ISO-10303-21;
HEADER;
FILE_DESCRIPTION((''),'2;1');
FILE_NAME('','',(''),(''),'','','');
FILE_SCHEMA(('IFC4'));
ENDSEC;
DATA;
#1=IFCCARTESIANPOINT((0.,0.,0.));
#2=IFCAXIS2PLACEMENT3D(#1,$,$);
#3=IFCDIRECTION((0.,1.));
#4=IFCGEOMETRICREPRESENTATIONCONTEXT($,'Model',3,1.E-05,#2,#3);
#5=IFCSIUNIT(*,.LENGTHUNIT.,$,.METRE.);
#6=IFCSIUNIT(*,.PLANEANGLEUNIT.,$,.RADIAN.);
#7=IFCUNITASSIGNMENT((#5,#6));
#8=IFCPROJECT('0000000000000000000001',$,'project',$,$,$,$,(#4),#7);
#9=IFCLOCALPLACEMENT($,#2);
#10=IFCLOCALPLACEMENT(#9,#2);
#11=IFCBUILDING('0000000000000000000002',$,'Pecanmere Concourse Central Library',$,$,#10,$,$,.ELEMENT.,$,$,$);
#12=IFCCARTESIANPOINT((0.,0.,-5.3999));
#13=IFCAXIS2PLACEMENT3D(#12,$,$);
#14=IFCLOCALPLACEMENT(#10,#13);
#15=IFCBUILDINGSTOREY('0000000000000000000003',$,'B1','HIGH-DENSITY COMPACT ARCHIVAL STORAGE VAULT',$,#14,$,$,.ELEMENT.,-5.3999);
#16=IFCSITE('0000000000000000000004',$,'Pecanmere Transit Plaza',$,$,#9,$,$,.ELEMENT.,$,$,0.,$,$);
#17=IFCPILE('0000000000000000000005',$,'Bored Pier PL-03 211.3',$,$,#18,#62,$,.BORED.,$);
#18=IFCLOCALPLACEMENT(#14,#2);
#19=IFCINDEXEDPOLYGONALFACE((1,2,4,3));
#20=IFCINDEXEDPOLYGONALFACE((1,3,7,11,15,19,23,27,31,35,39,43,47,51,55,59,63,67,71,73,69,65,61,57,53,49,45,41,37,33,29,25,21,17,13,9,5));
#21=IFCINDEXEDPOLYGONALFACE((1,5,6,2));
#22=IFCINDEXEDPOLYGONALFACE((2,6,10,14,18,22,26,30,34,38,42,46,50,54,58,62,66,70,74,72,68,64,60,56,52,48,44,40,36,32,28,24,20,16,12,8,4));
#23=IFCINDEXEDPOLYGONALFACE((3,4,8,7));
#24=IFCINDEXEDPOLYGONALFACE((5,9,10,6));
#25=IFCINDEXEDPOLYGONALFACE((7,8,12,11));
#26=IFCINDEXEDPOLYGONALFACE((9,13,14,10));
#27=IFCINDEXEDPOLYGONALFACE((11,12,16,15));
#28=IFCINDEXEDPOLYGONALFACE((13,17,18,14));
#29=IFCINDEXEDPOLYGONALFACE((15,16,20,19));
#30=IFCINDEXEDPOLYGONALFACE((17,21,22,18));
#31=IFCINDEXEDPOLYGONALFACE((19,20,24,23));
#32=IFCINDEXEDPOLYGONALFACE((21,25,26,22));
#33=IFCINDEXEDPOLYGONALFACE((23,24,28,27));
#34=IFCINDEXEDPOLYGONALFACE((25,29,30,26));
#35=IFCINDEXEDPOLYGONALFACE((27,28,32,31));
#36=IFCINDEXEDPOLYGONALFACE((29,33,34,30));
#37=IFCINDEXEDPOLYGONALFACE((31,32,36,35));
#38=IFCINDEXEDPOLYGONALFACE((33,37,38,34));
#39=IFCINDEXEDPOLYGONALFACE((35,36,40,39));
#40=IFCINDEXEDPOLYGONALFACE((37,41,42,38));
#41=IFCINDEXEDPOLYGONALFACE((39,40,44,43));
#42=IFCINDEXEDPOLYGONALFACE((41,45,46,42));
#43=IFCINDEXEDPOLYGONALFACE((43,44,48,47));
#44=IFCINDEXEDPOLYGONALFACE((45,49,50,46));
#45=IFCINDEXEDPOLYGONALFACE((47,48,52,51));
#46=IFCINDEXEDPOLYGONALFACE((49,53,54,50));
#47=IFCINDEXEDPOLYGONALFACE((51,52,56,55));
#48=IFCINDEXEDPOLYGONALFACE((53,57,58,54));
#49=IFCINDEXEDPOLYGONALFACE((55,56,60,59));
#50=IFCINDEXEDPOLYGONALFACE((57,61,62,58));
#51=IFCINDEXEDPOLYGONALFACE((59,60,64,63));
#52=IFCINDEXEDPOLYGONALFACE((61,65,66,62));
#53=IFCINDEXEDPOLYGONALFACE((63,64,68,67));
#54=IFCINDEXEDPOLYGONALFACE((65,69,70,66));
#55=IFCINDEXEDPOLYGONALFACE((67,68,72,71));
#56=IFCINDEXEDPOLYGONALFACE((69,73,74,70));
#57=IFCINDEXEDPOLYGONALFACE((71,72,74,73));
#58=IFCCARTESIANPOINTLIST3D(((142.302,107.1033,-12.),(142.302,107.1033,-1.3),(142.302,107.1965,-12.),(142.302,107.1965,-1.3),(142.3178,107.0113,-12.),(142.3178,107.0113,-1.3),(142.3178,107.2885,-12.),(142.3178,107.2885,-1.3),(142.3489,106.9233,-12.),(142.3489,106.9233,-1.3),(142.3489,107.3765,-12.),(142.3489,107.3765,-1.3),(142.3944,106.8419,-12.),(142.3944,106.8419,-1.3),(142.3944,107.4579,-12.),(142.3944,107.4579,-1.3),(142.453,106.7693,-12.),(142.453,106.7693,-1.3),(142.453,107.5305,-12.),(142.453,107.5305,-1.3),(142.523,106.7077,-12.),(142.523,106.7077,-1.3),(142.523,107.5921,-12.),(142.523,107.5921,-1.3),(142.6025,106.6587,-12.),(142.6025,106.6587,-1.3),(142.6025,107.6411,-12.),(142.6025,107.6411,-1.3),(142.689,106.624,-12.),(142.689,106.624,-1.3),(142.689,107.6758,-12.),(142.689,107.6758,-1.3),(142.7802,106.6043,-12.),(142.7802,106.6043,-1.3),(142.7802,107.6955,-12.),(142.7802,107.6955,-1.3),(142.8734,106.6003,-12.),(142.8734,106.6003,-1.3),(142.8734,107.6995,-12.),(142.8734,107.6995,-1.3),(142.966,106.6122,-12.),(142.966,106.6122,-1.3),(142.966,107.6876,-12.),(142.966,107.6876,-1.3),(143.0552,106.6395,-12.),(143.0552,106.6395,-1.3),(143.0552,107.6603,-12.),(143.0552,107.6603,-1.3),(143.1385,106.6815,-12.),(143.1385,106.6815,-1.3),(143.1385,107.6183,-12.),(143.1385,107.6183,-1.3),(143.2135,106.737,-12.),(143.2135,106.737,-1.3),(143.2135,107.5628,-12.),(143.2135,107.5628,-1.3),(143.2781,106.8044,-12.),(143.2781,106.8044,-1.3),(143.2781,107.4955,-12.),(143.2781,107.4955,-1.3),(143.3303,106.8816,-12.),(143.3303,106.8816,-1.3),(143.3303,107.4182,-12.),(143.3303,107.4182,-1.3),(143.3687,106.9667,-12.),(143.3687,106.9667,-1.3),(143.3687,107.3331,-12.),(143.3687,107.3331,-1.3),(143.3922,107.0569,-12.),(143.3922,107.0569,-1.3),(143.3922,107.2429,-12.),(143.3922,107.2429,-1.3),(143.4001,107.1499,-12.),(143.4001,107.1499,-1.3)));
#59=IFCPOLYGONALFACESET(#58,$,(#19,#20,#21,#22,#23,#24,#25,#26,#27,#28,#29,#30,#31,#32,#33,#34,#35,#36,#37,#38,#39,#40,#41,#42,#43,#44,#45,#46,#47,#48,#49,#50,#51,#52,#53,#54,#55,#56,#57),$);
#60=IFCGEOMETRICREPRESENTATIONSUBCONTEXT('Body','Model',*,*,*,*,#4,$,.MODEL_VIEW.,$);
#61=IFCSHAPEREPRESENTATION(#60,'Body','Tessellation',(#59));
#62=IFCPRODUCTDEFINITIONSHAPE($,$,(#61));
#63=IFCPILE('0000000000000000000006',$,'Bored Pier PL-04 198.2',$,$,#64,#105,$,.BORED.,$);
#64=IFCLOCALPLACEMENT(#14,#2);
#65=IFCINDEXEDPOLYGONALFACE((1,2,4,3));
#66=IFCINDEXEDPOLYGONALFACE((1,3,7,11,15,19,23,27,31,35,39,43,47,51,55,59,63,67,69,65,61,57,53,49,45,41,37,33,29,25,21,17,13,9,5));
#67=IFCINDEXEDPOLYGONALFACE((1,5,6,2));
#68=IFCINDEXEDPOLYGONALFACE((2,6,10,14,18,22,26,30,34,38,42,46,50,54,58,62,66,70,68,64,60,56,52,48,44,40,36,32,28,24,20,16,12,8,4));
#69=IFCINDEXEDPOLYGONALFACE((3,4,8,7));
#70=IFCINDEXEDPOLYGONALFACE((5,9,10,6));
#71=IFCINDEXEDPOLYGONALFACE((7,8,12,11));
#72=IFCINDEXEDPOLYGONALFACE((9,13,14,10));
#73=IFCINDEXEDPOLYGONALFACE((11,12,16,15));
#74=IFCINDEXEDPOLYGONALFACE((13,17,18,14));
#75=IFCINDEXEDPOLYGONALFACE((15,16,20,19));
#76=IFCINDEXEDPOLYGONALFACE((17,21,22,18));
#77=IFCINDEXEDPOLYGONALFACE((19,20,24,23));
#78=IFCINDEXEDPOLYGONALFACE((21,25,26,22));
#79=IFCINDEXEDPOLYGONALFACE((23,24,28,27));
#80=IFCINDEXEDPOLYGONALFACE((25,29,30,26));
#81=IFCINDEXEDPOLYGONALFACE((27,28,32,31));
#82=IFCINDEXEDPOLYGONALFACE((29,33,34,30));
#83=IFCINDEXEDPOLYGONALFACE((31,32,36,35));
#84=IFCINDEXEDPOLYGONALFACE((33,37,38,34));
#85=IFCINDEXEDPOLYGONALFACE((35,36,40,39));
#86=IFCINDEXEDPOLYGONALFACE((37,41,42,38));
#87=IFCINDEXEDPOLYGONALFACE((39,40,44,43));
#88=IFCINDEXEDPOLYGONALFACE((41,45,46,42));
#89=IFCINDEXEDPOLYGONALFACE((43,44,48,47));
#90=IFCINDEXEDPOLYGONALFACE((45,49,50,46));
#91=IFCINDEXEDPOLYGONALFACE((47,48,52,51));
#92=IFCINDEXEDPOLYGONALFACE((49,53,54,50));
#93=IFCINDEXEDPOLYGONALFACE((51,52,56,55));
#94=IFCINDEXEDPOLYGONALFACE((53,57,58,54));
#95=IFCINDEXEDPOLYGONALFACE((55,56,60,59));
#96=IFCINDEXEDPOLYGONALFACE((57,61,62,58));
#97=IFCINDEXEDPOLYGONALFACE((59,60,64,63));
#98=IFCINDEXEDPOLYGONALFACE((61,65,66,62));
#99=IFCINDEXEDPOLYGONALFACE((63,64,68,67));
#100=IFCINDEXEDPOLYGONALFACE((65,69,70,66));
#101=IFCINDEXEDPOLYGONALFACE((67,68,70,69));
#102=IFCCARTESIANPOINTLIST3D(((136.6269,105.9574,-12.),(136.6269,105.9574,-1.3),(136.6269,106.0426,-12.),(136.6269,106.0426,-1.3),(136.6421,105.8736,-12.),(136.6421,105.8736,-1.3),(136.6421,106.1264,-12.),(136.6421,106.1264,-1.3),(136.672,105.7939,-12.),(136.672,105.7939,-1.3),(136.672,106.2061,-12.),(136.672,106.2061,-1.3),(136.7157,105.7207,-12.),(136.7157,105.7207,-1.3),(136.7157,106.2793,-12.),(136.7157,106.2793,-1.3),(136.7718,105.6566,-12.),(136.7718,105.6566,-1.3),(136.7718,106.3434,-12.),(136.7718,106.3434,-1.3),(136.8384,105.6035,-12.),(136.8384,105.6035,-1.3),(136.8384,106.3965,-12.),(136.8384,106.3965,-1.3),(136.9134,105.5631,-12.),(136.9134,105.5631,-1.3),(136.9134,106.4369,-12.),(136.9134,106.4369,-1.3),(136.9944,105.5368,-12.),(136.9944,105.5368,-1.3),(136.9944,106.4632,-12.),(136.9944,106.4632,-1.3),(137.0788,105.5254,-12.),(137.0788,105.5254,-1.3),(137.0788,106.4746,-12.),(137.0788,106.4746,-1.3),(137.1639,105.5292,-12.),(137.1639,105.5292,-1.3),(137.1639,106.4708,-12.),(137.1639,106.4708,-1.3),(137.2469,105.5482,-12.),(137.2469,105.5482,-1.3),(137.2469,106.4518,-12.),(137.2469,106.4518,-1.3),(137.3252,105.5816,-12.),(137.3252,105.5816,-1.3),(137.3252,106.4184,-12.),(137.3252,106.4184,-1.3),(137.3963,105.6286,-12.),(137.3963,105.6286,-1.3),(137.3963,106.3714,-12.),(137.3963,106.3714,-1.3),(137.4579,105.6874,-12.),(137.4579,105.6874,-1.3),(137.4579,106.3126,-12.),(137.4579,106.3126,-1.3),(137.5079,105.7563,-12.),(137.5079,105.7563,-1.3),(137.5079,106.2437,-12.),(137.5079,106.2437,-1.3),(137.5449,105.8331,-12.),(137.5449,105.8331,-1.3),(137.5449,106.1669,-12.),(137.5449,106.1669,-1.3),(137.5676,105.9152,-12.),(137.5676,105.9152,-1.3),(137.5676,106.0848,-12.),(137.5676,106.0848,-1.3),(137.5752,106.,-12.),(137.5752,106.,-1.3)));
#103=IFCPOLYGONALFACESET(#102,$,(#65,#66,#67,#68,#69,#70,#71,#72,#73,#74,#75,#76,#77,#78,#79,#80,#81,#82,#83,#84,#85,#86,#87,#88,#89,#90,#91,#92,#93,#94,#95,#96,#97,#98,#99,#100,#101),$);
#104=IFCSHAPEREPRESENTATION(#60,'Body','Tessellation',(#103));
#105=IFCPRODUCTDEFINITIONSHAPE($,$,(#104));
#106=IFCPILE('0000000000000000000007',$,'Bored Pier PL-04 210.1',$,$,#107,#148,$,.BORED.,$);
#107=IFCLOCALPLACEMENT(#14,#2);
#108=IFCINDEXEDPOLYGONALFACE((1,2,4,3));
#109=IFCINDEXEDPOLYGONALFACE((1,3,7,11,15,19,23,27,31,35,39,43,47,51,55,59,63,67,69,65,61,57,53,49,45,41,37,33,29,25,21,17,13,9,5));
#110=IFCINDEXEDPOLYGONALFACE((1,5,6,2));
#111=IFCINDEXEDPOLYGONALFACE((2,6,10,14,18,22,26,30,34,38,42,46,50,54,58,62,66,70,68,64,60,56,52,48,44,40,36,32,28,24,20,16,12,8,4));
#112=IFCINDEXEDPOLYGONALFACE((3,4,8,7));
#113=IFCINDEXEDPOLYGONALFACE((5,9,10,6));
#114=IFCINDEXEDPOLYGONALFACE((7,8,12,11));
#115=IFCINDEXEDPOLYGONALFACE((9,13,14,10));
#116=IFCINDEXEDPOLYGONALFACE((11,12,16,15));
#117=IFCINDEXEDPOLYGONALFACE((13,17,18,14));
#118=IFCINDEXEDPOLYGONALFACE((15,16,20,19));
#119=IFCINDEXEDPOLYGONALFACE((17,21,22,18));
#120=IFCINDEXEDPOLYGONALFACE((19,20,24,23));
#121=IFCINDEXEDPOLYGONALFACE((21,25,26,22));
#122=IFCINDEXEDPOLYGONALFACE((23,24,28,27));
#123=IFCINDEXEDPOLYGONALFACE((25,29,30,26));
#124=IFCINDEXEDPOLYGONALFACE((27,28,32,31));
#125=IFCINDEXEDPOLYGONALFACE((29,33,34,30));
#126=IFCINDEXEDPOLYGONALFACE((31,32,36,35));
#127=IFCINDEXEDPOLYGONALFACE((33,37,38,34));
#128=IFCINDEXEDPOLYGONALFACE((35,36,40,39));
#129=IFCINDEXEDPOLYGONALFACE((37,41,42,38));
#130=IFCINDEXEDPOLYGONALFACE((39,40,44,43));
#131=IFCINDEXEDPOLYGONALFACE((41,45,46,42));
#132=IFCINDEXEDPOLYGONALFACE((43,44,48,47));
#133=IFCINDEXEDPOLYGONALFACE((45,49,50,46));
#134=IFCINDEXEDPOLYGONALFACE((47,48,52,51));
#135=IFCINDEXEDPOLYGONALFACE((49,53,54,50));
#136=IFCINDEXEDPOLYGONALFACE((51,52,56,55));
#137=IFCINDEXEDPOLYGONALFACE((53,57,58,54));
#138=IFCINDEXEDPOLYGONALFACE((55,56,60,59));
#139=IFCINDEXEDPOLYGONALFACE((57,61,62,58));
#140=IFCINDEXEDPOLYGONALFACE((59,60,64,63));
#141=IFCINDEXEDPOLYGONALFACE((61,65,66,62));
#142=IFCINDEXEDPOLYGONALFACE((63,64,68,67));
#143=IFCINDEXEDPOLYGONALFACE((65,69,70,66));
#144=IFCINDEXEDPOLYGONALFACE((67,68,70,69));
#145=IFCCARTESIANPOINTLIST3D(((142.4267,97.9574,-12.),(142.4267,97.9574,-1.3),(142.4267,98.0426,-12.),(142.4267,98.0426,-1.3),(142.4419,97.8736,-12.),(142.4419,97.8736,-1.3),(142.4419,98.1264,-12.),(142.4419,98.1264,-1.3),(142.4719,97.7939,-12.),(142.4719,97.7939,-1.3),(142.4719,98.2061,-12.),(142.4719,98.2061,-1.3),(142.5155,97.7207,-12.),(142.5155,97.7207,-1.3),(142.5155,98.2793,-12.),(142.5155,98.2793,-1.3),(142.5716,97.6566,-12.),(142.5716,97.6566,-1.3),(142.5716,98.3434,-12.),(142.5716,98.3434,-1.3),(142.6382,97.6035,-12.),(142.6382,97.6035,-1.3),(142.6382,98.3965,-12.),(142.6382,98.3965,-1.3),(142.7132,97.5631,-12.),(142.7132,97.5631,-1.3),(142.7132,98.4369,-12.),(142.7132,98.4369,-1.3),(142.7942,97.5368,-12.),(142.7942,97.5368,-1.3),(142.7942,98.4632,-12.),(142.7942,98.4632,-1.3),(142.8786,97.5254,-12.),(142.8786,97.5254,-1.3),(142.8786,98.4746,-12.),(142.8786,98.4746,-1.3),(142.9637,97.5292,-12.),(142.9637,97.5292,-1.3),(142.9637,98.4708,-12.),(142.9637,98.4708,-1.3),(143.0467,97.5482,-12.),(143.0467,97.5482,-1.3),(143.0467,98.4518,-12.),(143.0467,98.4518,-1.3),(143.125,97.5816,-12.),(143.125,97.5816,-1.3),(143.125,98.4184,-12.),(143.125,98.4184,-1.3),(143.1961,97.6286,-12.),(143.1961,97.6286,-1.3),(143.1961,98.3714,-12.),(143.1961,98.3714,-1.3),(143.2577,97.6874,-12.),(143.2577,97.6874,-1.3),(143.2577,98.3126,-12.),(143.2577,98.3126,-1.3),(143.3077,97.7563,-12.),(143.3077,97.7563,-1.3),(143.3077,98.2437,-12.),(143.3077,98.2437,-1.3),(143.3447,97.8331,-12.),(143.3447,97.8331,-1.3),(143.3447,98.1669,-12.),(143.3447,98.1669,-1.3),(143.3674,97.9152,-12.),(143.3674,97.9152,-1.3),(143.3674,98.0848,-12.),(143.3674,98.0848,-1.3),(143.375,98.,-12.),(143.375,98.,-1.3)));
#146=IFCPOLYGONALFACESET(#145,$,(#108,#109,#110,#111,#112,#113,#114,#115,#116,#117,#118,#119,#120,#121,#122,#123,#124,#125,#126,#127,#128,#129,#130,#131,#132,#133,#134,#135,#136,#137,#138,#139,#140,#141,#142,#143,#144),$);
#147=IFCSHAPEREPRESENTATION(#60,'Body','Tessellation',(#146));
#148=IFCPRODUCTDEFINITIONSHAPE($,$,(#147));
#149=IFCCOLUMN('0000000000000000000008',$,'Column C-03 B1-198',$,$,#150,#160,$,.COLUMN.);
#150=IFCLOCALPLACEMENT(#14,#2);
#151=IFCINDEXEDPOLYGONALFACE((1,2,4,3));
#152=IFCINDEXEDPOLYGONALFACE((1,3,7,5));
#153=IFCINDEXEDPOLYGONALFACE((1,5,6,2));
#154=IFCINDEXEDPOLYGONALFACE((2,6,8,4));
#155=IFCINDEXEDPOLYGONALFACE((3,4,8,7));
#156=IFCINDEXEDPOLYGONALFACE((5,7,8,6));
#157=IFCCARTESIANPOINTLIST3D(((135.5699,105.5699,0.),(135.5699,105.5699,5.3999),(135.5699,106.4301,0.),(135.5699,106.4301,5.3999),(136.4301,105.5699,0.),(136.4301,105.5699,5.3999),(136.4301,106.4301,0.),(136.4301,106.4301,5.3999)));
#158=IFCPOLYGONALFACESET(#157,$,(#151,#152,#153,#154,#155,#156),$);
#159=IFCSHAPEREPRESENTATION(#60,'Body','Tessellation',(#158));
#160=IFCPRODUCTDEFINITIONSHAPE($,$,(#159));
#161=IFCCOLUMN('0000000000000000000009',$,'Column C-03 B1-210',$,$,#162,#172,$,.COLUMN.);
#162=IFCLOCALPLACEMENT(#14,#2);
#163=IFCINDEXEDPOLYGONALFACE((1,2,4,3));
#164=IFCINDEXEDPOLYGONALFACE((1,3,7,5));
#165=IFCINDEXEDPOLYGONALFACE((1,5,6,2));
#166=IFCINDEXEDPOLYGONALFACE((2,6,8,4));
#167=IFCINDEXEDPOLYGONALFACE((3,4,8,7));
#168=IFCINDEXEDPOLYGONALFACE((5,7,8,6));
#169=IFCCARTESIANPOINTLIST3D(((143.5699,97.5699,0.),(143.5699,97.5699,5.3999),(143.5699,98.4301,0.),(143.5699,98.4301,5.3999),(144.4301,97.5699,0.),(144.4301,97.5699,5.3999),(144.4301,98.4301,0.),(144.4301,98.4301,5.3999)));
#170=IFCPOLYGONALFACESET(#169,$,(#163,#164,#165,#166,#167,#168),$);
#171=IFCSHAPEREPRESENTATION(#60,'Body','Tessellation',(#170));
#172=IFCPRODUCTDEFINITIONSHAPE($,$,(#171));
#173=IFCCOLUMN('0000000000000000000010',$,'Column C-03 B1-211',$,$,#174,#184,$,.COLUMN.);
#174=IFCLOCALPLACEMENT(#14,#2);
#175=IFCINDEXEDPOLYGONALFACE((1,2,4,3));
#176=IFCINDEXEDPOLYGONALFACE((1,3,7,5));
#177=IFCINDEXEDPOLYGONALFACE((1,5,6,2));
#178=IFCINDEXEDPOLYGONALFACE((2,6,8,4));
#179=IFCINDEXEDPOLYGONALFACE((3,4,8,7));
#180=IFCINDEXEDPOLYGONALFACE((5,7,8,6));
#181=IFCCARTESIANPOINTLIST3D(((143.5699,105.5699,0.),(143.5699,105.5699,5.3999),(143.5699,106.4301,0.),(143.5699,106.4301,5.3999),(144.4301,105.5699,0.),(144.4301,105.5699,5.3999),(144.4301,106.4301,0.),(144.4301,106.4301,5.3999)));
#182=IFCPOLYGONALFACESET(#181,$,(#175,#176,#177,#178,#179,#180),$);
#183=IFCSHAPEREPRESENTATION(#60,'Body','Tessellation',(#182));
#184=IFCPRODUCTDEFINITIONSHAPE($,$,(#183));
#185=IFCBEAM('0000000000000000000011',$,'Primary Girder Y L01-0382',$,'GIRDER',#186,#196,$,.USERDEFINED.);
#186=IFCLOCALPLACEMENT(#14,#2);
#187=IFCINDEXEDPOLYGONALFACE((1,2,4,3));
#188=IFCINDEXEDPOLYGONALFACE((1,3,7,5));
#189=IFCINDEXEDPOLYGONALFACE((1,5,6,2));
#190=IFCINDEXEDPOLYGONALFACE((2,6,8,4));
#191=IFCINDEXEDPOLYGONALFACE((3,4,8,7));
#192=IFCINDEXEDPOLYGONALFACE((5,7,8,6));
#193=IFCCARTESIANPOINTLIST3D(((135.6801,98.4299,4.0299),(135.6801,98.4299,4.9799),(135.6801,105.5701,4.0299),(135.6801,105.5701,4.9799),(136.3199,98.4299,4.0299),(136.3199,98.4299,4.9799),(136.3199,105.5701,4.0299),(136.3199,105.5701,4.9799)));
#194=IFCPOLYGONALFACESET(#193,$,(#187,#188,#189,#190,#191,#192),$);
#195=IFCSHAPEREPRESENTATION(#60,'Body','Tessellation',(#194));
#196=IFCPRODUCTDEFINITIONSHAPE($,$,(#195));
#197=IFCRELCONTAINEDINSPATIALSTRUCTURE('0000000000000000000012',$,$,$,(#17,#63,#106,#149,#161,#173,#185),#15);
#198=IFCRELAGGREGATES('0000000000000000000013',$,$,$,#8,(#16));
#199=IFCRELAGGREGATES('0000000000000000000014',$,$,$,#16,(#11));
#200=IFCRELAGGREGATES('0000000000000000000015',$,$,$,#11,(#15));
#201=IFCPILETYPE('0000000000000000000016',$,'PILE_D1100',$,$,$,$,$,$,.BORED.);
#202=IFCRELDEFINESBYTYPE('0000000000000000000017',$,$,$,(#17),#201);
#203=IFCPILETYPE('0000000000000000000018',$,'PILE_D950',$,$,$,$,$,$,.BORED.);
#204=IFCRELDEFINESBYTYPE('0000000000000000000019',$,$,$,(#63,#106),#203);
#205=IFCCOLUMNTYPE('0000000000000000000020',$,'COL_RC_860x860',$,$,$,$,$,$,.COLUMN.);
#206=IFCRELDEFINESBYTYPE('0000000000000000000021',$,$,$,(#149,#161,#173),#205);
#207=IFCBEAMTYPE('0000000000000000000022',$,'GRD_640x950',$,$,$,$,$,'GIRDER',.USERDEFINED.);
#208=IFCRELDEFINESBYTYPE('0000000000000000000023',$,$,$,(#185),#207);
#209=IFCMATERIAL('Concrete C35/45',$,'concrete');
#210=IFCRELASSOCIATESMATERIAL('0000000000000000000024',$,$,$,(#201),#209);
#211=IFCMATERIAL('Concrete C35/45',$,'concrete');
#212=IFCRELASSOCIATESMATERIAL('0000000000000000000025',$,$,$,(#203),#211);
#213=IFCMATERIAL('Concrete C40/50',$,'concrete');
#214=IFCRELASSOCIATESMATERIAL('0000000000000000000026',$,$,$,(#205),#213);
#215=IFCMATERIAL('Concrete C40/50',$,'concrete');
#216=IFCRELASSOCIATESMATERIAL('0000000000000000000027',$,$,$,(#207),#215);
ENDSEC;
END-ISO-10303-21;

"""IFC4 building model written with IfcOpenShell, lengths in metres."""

from ifc_helpers import new_model, si_unit, direction, frame, origin, origin_2d, place, context, subcontext, project, spatial, rectangle, circle, extrude, material, material_profile, profile_set, type_object, element, save


model = new_model("IFC4")

# Units and contexts
model_context = context("Model", 3, precision=1e-05, world=origin(), true_north=direction((0.0, 1.0)))
body_context = subcontext(model_context, "Body", "Model", "MODEL_VIEW")
ifc_project = project(units=[si_unit("LENGTHUNIT", "METRE"), si_unit("PLANEANGLEUNIT", "RADIAN")], contexts=[model_context])

# Site, building, storey
site_placement = place(None, origin())
site = spatial("IfcSite", under=ifc_project, at=site_placement, Name="Pecanmere Transit Plaza", CompositionType="ELEMENT", RefElevation=0.0)
building_placement = place(site_placement, origin())
building = spatial("IfcBuilding", under=site, at=building_placement, Name="Pecanmere Concourse Central Library", CompositionType="ELEMENT")
storey_placement = place(building_placement, frame((0.0, 0.0, -5.3999)))
storey = spatial("IfcBuildingStorey", under=building, at=storey_placement, Name="B1", Description="HIGH-DENSITY COMPACT ARCHIVAL STORAGE VAULT", CompositionType="ELEMENT", Elevation=-5.3999)

# Piles
ifc_material_1 = material(Name="Concrete C35/45", Category="concrete")
ifc_material_profile_1 = material_profile(ifc_material_1, circle(Radius=0.55, at=origin_2d()), Name="PIER D1100")
ifc_profile_set_1 = profile_set([ifc_material_profile_1], Name="Concrete C35/45")
pile_type_1 = type_object("IfcPileType", Name="PILE_D1100", PredefinedType="BORED", material=ifc_profile_set_1)
for number, where, z_axis, x_axis, name in (
    (1, (142.8501, 107.1499, -1.3), (0.0, 0.0, -1.0), (1.0, 0.0, 0.0), "Bored Pier PL-03 211.3"),
):
    element("IfcPile", number, at=place(storey_placement, frame(where, z_axis=z_axis, x_axis=x_axis)), inside=storey, type_object=pile_type_1, Name=name, PredefinedType="BORED", context=body_context, shape_type="SweptSolid", body=[
        extrude(circle(Radius=0.55, at=origin_2d()), origin(), (0.0, 0.0, 1.0), 10.7),
    ])
ifc_material_2 = material(Name="Concrete C35/45", Category="concrete")
ifc_material_profile_2 = material_profile(ifc_material_2, circle(Radius=0.4751, at=origin_2d()), Name="PIER D950")
ifc_profile_set_2 = profile_set([ifc_material_profile_2], Name="Concrete C35/45")
pile_type_2 = type_object("IfcPileType", Name="PILE_D950", PredefinedType="BORED", material=ifc_profile_set_2)
for number, where, z_axis, x_axis, name in (
    (2, (137.1001, 106.0, -1.3), (0.0, 0.0, -1.0), (1.0, 0.0, 0.0), "Bored Pier PL-04 198.2"),
    (3, (142.8999, 98.0, -1.3), (0.0, 0.0, -1.0), (1.0, 0.0, 0.0), "Bored Pier PL-04 210.1"),
):
    element("IfcPile", number, at=place(storey_placement, frame(where, z_axis=z_axis, x_axis=x_axis)), inside=storey, type_object=pile_type_2, Name=name, PredefinedType="BORED", context=body_context, shape_type="SweptSolid", body=[
        extrude(circle(Radius=0.4751, at=origin_2d()), origin(), (0.0, 0.0, 1.0), 10.7),
    ])

# Columns
ifc_material_3 = material(Name="Concrete C40/50", Category="concrete")
ifc_material_profile_3 = material_profile(ifc_material_3, rectangle(XDim=0.8601, YDim=0.8601, at=origin_2d()), Name="RC 860x860")
ifc_profile_set_3 = profile_set([ifc_material_profile_3], Name="Concrete C40/50")
column_type = type_object("IfcColumnType", Name="COL_RC_860x860", PredefinedType="COLUMN", material=ifc_profile_set_3)
for number, where, z_axis, x_axis, name in (
    (4, (136.0, 106.0, 0.0), (0.0, 0.0, 1.0), (1.0, 0.0, 0.0), "Column C-03 B1-198"),
    (5, (144.0, 98.0, 0.0), (0.0, 0.0, 1.0), (1.0, 0.0, 0.0), "Column C-03 B1-210"),
    (6, (144.0, 106.0, 0.0), (0.0, 0.0, 1.0), (1.0, 0.0, 0.0), "Column C-03 B1-211"),
):
    element("IfcColumn", number, at=place(storey_placement, frame(where, z_axis=z_axis, x_axis=x_axis)), inside=storey, type_object=column_type, Name=name, PredefinedType="COLUMN", context=body_context, shape_type="SweptSolid", body=[
        extrude(rectangle(XDim=0.8601, YDim=0.8601, at=origin_2d()), origin(), (0.0, 0.0, 1.0), 5.3999),
    ])

# Beam
ifc_material_4 = material(Name="Concrete C40/50", Category="concrete")
ifc_material_profile_4 = material_profile(ifc_material_4, rectangle(XDim=0.6399, YDim=0.95, at=origin_2d()), Name="RC 640x950")
ifc_profile_set_4 = profile_set([ifc_material_profile_4], Name="Concrete C40/50")
beam_type_1 = type_object("IfcBeamType", Name="GRD_640x950", ElementType="GIRDER", PredefinedType="USERDEFINED", material=ifc_profile_set_4)
for number, where, z_axis, x_axis, name in (
    (7, (136.0, 98.4299, 4.5049), (0.0, 1.0, 0.0), (-1.0, 0.0, 0.0), "Primary Girder Y L01-0382"),
):
    element("IfcBeam", number, at=place(storey_placement, frame(where, z_axis=z_axis, x_axis=x_axis)), inside=storey, type_object=beam_type_1, Name=name, ObjectType="GIRDER", PredefinedType="USERDEFINED", context=body_context, shape_type="SweptSolid", body=[
        extrude(rectangle(XDim=0.6399, YDim=0.95, at=origin_2d()), origin(), (0.0, 0.0, 1.0), 7.1401),
    ])

save(model, "model.ifc")
